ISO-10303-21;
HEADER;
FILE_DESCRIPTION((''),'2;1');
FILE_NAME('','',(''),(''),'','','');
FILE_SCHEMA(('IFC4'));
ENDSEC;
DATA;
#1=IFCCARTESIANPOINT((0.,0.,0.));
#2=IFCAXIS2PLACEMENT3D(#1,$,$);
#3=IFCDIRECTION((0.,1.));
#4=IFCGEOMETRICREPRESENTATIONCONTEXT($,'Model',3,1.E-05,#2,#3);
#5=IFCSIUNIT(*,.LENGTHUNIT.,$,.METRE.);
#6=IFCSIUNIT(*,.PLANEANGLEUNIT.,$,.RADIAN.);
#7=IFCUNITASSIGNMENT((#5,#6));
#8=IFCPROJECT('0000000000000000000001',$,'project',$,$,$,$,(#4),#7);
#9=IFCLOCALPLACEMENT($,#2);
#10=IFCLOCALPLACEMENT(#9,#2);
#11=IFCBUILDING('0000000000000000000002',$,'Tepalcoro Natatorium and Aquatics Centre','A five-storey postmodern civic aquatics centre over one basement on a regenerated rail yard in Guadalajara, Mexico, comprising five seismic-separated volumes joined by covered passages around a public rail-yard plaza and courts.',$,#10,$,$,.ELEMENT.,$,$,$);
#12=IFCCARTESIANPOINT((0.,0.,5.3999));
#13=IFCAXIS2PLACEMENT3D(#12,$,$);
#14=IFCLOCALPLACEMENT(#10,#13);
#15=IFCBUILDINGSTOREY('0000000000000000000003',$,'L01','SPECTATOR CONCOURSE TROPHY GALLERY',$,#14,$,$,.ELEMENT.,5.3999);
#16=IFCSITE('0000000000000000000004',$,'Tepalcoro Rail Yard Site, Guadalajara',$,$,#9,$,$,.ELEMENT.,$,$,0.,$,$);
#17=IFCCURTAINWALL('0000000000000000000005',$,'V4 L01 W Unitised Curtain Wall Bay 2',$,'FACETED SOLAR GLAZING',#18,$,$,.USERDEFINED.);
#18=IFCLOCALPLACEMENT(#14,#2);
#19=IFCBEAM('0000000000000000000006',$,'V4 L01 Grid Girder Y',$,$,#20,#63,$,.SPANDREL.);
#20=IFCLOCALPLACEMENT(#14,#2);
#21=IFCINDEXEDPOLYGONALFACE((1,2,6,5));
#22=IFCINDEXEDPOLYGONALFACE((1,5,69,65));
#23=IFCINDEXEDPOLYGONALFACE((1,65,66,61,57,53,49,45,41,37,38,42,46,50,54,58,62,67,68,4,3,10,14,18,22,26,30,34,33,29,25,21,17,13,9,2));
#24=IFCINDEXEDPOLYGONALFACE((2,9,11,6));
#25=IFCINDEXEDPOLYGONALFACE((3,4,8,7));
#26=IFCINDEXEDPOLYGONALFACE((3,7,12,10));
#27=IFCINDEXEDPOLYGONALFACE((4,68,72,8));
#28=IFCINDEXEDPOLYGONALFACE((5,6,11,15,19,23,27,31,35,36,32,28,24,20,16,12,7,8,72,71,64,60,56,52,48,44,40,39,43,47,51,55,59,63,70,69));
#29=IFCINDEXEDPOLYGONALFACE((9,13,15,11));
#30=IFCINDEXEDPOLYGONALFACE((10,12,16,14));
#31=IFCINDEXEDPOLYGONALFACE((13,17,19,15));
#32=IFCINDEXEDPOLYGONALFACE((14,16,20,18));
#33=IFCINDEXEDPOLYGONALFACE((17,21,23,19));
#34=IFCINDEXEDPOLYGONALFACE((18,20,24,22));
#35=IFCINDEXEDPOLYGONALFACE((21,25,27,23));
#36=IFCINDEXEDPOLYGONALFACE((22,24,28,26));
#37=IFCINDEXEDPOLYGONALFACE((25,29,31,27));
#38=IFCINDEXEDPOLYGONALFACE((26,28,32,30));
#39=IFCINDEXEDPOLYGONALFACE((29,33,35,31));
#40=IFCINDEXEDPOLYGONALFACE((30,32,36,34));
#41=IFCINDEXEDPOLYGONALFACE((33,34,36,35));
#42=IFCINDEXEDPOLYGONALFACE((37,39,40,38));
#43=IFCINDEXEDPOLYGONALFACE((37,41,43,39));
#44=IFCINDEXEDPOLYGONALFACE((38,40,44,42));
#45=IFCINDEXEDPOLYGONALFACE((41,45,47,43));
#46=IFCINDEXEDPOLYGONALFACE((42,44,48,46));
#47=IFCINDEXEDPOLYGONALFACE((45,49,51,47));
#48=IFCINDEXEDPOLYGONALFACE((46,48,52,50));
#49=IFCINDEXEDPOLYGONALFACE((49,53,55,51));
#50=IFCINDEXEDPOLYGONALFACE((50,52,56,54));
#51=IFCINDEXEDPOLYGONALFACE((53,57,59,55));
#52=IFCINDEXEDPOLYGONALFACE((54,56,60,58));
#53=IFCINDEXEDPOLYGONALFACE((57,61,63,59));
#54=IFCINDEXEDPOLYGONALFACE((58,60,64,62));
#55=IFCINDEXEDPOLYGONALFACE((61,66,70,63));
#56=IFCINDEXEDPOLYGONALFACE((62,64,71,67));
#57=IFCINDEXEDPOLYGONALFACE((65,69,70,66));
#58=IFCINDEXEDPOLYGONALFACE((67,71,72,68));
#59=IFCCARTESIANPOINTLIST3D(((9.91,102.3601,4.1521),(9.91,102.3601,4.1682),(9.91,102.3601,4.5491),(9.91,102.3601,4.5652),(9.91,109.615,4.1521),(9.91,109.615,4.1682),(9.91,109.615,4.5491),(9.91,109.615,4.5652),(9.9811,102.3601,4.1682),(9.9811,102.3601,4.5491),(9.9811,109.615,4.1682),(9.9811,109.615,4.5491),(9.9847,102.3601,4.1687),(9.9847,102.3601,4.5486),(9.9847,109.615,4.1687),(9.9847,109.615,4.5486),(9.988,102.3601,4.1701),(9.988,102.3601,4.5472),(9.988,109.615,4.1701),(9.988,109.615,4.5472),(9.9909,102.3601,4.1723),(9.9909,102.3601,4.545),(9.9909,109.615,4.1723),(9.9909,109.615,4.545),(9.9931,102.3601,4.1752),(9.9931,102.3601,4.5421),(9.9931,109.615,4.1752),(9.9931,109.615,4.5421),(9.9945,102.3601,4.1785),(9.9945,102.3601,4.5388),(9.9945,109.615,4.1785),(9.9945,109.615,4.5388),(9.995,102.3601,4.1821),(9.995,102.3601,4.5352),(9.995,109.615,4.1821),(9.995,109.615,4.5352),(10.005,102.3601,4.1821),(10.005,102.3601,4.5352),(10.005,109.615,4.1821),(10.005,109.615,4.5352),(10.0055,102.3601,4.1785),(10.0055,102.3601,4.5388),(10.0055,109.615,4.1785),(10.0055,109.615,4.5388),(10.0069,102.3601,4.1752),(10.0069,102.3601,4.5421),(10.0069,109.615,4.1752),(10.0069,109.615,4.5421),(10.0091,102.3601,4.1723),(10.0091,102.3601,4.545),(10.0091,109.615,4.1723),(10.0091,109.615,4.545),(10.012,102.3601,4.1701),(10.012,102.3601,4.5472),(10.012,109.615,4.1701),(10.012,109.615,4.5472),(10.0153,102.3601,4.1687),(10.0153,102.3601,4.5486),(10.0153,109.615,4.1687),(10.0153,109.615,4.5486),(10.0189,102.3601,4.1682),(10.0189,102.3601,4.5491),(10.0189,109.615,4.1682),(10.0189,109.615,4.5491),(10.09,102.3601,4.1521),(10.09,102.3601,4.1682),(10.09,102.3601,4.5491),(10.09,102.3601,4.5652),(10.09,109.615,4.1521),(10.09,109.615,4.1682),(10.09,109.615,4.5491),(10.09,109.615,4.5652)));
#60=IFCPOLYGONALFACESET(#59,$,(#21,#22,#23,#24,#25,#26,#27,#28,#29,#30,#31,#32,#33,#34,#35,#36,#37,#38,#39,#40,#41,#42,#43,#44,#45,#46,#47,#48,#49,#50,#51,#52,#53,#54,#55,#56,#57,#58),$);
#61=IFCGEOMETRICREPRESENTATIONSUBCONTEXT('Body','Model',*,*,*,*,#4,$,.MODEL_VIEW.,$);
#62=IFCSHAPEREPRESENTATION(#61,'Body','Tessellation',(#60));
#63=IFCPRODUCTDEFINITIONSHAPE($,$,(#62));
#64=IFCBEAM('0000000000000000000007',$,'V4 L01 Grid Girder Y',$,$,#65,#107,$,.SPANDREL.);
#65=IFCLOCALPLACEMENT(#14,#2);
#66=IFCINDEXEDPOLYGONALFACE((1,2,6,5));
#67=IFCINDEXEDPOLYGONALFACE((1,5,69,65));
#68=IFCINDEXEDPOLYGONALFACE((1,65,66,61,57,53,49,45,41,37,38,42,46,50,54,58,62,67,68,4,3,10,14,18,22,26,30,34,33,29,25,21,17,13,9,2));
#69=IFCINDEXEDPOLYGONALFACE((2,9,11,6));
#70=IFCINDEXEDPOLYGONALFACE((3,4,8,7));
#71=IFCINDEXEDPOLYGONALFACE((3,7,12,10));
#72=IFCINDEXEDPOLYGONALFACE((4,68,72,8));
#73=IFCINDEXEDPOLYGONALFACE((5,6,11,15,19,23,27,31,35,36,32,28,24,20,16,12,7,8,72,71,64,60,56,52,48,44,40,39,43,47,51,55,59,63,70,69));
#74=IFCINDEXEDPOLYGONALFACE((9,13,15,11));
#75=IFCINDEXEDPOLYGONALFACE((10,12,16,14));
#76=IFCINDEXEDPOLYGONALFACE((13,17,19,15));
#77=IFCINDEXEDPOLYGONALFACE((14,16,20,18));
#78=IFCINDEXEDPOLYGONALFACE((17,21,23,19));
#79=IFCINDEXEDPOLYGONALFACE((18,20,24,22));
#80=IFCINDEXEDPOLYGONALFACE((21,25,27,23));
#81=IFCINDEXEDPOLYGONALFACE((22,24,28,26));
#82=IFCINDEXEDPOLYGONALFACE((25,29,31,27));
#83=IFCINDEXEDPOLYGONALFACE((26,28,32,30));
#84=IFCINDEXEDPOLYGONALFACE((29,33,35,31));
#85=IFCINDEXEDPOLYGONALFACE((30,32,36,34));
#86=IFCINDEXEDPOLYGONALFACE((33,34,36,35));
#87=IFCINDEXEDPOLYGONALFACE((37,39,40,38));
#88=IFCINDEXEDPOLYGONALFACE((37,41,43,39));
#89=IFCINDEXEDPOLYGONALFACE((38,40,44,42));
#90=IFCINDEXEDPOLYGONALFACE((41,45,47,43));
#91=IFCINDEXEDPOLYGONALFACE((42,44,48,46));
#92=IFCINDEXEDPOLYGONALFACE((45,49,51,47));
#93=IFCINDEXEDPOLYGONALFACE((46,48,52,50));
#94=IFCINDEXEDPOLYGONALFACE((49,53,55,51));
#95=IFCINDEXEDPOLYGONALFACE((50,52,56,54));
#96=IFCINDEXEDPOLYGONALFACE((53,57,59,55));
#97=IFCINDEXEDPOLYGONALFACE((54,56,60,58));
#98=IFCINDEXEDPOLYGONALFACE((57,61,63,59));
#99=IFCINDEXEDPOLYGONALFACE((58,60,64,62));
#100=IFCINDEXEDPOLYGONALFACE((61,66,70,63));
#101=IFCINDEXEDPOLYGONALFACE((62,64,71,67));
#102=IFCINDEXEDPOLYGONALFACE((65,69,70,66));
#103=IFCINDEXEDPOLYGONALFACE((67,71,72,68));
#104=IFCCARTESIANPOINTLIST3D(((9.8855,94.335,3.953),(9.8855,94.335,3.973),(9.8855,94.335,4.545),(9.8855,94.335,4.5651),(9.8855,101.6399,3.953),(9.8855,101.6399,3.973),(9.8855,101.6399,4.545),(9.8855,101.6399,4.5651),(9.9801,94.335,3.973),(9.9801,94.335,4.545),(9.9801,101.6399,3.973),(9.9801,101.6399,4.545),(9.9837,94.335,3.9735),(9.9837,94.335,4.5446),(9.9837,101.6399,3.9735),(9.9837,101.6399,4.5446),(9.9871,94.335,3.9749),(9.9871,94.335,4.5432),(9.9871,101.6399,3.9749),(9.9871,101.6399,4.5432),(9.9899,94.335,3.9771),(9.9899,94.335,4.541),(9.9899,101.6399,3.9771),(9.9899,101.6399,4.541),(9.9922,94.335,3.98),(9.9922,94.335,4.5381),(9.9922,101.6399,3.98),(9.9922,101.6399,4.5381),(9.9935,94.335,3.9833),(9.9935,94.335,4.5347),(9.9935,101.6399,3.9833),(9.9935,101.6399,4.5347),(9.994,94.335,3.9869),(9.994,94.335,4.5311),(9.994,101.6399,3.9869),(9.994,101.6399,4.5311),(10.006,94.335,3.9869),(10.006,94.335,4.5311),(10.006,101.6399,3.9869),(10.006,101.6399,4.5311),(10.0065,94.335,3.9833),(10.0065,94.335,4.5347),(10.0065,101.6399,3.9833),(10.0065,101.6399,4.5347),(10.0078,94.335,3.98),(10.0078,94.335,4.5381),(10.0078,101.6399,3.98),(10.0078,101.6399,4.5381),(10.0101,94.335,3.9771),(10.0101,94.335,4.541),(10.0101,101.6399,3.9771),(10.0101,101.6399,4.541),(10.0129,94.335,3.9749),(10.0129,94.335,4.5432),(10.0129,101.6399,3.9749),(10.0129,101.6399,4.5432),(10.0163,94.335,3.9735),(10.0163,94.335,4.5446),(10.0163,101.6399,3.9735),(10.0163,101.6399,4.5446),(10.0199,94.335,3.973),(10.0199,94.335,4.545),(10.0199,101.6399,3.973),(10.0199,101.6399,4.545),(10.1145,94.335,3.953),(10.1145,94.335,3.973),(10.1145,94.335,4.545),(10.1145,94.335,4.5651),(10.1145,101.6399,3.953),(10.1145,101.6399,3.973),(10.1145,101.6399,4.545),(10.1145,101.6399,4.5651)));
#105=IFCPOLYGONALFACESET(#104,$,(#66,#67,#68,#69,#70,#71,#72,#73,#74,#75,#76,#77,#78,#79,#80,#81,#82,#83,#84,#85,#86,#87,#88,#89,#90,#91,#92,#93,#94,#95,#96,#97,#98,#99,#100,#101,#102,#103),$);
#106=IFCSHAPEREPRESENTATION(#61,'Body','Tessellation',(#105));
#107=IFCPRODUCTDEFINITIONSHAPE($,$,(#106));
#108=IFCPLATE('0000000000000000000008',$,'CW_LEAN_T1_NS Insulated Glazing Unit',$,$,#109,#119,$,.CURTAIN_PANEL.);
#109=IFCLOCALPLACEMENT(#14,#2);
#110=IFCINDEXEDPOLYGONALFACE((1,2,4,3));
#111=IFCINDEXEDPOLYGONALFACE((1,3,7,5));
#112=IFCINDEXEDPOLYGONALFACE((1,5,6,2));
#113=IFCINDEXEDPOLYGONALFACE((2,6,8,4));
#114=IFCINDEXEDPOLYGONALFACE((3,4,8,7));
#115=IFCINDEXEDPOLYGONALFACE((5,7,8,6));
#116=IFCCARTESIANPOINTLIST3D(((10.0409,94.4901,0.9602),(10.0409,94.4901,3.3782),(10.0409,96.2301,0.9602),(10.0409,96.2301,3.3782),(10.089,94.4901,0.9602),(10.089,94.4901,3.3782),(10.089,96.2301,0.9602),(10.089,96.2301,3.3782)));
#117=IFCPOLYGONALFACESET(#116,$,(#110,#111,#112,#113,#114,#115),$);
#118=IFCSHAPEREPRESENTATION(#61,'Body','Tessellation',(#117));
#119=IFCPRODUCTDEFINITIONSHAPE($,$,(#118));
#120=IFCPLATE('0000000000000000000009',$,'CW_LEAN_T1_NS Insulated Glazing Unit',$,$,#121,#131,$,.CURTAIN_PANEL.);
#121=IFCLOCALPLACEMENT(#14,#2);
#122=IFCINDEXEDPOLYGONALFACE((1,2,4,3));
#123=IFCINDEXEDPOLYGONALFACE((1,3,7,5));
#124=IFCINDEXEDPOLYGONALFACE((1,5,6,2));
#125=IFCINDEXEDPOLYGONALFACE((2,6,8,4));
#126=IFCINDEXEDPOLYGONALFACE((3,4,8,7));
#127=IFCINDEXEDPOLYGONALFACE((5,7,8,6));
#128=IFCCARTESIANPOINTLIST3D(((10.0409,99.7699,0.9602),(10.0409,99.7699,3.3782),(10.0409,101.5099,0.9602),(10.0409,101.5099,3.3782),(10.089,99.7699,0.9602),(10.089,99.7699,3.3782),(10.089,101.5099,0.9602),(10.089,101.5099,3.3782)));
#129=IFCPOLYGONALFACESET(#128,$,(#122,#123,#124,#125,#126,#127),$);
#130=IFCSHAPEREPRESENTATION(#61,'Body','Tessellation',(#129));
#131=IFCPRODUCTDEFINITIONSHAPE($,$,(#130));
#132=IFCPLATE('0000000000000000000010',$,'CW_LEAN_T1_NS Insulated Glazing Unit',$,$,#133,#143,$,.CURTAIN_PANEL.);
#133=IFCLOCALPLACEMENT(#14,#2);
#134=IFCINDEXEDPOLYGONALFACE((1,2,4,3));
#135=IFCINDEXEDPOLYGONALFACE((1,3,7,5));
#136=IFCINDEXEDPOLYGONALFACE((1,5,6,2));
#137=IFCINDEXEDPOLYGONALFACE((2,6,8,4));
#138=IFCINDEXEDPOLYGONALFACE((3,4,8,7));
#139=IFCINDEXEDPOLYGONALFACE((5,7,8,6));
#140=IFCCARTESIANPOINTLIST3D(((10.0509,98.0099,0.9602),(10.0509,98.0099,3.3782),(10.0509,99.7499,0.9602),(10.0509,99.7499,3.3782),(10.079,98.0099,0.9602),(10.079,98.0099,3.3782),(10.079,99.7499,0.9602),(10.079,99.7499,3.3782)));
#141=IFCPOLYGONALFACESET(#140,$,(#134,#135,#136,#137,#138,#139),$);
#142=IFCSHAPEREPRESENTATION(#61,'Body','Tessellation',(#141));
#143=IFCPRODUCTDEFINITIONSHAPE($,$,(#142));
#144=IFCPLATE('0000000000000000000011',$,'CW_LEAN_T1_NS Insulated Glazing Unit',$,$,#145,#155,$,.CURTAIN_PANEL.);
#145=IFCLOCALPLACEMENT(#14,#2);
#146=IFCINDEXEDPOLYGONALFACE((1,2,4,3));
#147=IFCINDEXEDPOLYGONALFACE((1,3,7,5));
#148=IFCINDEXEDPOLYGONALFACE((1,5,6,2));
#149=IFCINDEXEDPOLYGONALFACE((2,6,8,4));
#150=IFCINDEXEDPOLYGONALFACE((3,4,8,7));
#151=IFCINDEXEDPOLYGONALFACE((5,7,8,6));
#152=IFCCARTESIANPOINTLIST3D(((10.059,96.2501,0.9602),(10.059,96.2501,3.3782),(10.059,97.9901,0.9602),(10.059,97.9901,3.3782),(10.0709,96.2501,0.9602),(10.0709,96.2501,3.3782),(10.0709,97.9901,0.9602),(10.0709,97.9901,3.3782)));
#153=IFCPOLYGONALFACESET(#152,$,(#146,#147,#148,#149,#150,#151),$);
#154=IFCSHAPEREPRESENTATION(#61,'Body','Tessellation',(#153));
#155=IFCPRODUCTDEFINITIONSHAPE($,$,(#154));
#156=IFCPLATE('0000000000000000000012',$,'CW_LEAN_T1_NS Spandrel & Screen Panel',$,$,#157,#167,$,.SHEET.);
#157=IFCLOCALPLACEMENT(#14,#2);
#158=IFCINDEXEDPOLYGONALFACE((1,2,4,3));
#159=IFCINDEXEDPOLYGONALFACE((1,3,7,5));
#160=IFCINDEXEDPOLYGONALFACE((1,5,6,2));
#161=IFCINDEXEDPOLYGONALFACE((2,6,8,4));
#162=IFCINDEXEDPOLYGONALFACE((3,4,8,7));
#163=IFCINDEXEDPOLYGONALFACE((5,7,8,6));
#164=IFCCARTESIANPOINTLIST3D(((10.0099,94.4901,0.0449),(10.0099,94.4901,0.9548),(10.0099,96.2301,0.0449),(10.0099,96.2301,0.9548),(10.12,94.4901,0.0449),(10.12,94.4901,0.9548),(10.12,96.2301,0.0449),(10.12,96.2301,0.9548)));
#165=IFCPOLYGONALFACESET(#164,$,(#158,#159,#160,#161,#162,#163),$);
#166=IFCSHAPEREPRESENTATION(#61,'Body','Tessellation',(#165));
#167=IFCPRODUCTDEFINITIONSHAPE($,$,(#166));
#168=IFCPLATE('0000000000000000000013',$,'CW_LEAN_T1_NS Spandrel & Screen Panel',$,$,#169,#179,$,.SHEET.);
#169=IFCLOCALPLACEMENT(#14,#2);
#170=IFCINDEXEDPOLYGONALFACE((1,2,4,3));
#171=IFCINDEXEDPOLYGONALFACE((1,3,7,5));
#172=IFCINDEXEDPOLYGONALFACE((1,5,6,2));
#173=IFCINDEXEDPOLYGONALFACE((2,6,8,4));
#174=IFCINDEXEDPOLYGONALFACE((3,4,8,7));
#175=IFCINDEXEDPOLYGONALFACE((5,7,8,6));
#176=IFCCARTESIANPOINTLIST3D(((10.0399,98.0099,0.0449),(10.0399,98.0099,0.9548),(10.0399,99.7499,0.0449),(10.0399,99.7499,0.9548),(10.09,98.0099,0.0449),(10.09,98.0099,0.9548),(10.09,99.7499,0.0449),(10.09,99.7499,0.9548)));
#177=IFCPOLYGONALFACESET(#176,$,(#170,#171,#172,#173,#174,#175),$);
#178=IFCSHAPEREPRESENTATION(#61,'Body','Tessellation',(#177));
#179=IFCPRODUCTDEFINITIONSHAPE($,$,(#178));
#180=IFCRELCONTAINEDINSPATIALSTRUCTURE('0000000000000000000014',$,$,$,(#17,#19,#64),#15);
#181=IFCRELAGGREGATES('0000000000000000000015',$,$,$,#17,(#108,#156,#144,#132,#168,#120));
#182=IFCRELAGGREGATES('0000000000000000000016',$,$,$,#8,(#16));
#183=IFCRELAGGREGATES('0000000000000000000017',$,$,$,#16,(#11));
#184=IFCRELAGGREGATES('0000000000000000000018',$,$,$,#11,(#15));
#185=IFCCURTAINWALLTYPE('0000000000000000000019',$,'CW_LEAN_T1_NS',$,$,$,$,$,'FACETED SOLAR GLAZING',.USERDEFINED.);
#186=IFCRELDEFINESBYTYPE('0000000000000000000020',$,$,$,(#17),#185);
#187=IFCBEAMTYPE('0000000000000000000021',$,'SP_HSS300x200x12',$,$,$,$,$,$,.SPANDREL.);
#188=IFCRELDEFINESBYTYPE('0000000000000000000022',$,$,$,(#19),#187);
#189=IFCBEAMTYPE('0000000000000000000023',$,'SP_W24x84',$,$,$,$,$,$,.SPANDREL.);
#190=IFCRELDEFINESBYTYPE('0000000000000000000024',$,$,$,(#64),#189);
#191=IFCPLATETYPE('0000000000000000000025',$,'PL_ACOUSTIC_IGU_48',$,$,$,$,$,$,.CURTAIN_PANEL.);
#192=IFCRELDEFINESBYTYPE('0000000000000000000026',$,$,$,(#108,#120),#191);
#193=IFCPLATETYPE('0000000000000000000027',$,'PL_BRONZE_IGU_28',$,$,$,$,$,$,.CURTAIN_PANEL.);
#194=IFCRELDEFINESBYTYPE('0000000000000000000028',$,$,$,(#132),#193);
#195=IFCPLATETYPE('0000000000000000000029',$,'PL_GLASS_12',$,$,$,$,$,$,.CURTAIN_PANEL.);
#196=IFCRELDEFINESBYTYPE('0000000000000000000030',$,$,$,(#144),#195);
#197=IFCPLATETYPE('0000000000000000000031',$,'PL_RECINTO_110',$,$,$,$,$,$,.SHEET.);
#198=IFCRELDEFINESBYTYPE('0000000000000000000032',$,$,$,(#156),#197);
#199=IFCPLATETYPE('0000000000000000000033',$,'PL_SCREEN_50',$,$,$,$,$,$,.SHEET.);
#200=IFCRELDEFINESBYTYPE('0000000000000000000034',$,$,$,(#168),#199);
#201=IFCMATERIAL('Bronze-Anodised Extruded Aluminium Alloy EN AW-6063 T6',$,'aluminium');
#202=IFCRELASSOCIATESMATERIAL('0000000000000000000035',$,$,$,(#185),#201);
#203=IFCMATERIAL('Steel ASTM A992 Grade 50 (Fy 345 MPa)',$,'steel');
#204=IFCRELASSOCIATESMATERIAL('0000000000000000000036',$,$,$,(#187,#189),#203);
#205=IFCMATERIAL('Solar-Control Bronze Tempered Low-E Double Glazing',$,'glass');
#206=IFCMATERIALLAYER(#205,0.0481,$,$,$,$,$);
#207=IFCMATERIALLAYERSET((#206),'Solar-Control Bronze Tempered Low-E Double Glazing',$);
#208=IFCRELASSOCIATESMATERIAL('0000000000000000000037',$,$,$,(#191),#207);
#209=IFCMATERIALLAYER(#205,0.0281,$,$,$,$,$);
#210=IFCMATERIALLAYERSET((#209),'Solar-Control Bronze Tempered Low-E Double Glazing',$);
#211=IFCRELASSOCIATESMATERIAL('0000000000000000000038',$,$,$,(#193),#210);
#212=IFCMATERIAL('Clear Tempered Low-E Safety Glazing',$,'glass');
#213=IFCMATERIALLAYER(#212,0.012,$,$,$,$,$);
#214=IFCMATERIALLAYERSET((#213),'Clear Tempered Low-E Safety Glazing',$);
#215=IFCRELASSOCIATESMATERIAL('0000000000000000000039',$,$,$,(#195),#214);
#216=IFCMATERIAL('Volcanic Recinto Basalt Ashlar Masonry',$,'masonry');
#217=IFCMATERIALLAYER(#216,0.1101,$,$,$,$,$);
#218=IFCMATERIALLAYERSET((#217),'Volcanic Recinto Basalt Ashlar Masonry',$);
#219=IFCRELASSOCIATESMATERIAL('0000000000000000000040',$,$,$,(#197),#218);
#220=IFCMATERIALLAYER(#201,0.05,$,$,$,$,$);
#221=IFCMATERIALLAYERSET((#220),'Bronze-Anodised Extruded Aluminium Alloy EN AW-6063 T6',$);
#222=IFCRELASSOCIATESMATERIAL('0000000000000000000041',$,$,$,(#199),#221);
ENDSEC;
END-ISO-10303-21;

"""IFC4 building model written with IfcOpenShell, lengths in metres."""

from ifc_helpers import new_model, si_unit, direction, frame, origin, origin_2d, place, context, subcontext, project, spatial, rectangle, i_section, extrude, material, layer, layer_set, material_profile, profile_set, type_object, element, aggregate, save


model = new_model("IFC4")

# Units and contexts
model_context = context("Model", 3, precision=1e-05, world=origin(), true_north=direction((0.0, 1.0)))
body_context = subcontext(model_context, "Body", "Model", "MODEL_VIEW")
ifc_project = project(units=[si_unit("LENGTHUNIT", "METRE"), si_unit("PLANEANGLEUNIT", "RADIAN")], contexts=[model_context])

# Site, building, storey
site_placement = place(None, origin())
site = spatial("IfcSite", under=ifc_project, at=site_placement, Name="Tepalcoro Rail Yard Site, Guadalajara", CompositionType="ELEMENT", RefElevation=0.0)
building_placement = place(site_placement, origin())
building = spatial("IfcBuilding", under=site, at=building_placement, Name="Tepalcoro Natatorium and Aquatics Centre", Description="A five-storey postmodern civic aquatics centre over one basement on a regenerated rail yard in Guadalajara, Mexico, comprising five seismic-separated volumes joined by covered passages around a public rail-yard plaza and courts.", CompositionType="ELEMENT")
storey_placement = place(building_placement, frame((0.0, 0.0, 5.3999)))
storey = spatial("IfcBuildingStorey", under=building, at=storey_placement, Name="L01", Description="SPECTATOR CONCOURSE TROPHY GALLERY", CompositionType="ELEMENT", Elevation=5.3999)

# Curtain wall
ifc_material_1 = material(Name="Bronze-Anodised Extruded Aluminium Alloy EN AW-6063 T6", Category="aluminium")
curtain_wall_type = type_object("IfcCurtainWallType", Name="CW_LEAN_T1_NS", ElementType="FACETED SOLAR GLAZING", PredefinedType="USERDEFINED", material=ifc_material_1)
curtain_wall_placement = place(storey_placement, origin())
curtain_wall = element("IfcCurtainWall", 1, at=curtain_wall_placement, inside=storey, type_object=curtain_wall_type, Name="V4 L01 W Unitised Curtain Wall Bay 2", ObjectType="FACETED SOLAR GLAZING", PredefinedType="USERDEFINED")

# Beams
ifc_material_2 = material(Name="Steel ASTM A992 Grade 50 (Fy 345 MPa)", Category="steel")
ifc_material_profile_1 = material_profile(ifc_material_2, i_section(OverallWidth=0.1799, OverallDepth=0.4131, WebThickness=0.01, FlangeThickness=0.0161, FilletRadius=0.0139, at=origin_2d()), Name="W16X50")
ifc_profile_set_1 = profile_set([ifc_material_profile_1], Name="Steel ASTM A992 Grade 50 (Fy 345 MPa)")
beam_type_1 = type_object("IfcBeamType", Name="SP_HSS300x200x12", PredefinedType="SPANDREL", material=ifc_profile_set_1)
beam_1_placement = place(storey_placement, frame((10.0, 102.3601, 4.3586), z_axis=(0.0, 1.0, 0.0), x_axis=(-1.0, 0.0, 0.0)))
element("IfcBeam", 2, at=beam_1_placement, inside=storey, type_object=beam_type_1, Name="V4 L01 Grid Girder Y", PredefinedType="SPANDREL", context=body_context, shape_type="SweptSolid", body=[
    extrude(i_section(OverallWidth=0.1799, OverallDepth=0.4131, WebThickness=0.01, FlangeThickness=0.0161, FilletRadius=0.0139, at=origin_2d()), origin(), (0.0, 0.0, 1.0), 7.2549),
])
ifc_material_profile_2 = material_profile(ifc_material_2, i_section(OverallWidth=0.229, OverallDepth=0.6121, WebThickness=0.012, FlangeThickness=0.02, FilletRadius=0.0139, at=origin_2d()), Name="W24X84")
ifc_profile_set_2 = profile_set([ifc_material_profile_2], Name="Steel ASTM A992 Grade 50 (Fy 345 MPa)")
beam_type_2 = type_object("IfcBeamType", Name="SP_W24x84", PredefinedType="SPANDREL", material=ifc_profile_set_2)
beam_2_placement = place(storey_placement, frame((10.0, 94.335, 4.259), z_axis=(0.0, 1.0, 0.0), x_axis=(-1.0, 0.0, 0.0)))
element("IfcBeam", 3, at=beam_2_placement, inside=storey, type_object=beam_type_2, Name="V4 L01 Grid Girder Y", PredefinedType="SPANDREL", context=body_context, shape_type="SweptSolid", body=[
    extrude(i_section(OverallWidth=0.229, OverallDepth=0.6121, WebThickness=0.012, FlangeThickness=0.02, FilletRadius=0.0139, at=origin_2d()), origin(), (0.0, 0.0, 1.0), 7.3049),
])

# Plates
ifc_material_3 = material(Name="Solar-Control Bronze Tempered Low-E Double Glazing", Category="glass")
ifc_layer_1 = layer(ifc_material_3, 0.0481)
ifc_layer_set_1 = layer_set([ifc_layer_1], Name="Solar-Control Bronze Tempered Low-E Double Glazing")
plate_type_1 = type_object("IfcPlateType", Name="PL_ACOUSTIC_IGU_48", PredefinedType="CURTAIN_PANEL", material=ifc_layer_set_1)
plate_1_placement = place(storey_placement, frame((10.0649, 95.3601, 0.9602), z_axis=(0.0, 0.0, 1.0), x_axis=(1.0, 0.0, 0.0)))
plate_1 = element("IfcPlate", 4, at=plate_1_placement, type_object=plate_type_1, Name="CW_LEAN_T1_NS Insulated Glazing Unit", PredefinedType="CURTAIN_PANEL", context=body_context, shape_type="SweptSolid", body=[
    extrude(rectangle(XDim=0.0481, YDim=1.74, at=origin_2d()), origin(), (0.0, 0.0, 1.0), 2.418),
])
plate_2_placement = place(storey_placement, frame((10.0649, 100.6399, 0.9602), z_axis=(0.0, 0.0, 1.0), x_axis=(1.0, 0.0, 0.0)))
plate_2 = element("IfcPlate", 5, at=plate_2_placement, type_object=plate_type_1, Name="CW_LEAN_T1_NS Insulated Glazing Unit", PredefinedType="CURTAIN_PANEL", context=body_context, shape_type="SweptSolid", body=[
    extrude(rectangle(XDim=0.0481, YDim=1.74, at=origin_2d()), origin(), (0.0, 0.0, 1.0), 2.418),
])
ifc_layer_2 = layer(ifc_material_3, 0.0281)
ifc_layer_set_2 = layer_set([ifc_layer_2], Name="Solar-Control Bronze Tempered Low-E Double Glazing")
plate_type_2 = type_object("IfcPlateType", Name="PL_BRONZE_IGU_28", PredefinedType="CURTAIN_PANEL", material=ifc_layer_set_2)
plate_3_placement = place(storey_placement, frame((10.0649, 98.8799, 0.9602), z_axis=(0.0, 0.0, 1.0), x_axis=(1.0, 0.0, 0.0)))
plate_3 = element("IfcPlate", 6, at=plate_3_placement, type_object=plate_type_2, Name="CW_LEAN_T1_NS Insulated Glazing Unit", PredefinedType="CURTAIN_PANEL", context=body_context, shape_type="SweptSolid", body=[
    extrude(rectangle(XDim=0.0281, YDim=1.74, at=origin_2d()), origin(), (0.0, 0.0, 1.0), 2.418),
])
ifc_material_4 = material(Name="Clear Tempered Low-E Safety Glazing", Category="glass")
ifc_layer_3 = layer(ifc_material_4, 0.012)
ifc_layer_set_3 = layer_set([ifc_layer_3], Name="Clear Tempered Low-E Safety Glazing")
plate_type_3 = type_object("IfcPlateType", Name="PL_GLASS_12", PredefinedType="CURTAIN_PANEL", material=ifc_layer_set_3)
plate_4_placement = place(storey_placement, frame((10.0649, 97.1201, 0.9602), z_axis=(0.0, 0.0, 1.0), x_axis=(1.0, 0.0, 0.0)))
plate_4 = element("IfcPlate", 7, at=plate_4_placement, type_object=plate_type_3, Name="CW_LEAN_T1_NS Insulated Glazing Unit", PredefinedType="CURTAIN_PANEL", context=body_context, shape_type="SweptSolid", body=[
    extrude(rectangle(XDim=0.012, YDim=1.74, at=origin_2d()), origin(), (0.0, 0.0, 1.0), 2.418),
])
ifc_material_5 = material(Name="Volcanic Recinto Basalt Ashlar Masonry", Category="masonry")
ifc_layer_4 = layer(ifc_material_5, 0.1101)
ifc_layer_set_4 = layer_set([ifc_layer_4], Name="Volcanic Recinto Basalt Ashlar Masonry")
plate_type_4 = type_object("IfcPlateType", Name="PL_RECINTO_110", PredefinedType="SHEET", material=ifc_layer_set_4)
plate_5_placement = place(storey_placement, frame((10.0649, 95.3601, 0.0449), z_axis=(0.0, 0.0, 1.0), x_axis=(1.0, 0.0, 0.0)))
plate_5 = element("IfcPlate", 8, at=plate_5_placement, type_object=plate_type_4, Name="CW_LEAN_T1_NS Spandrel & Screen Panel", PredefinedType="SHEET", context=body_context, shape_type="SweptSolid", body=[
    extrude(rectangle(XDim=0.1101, YDim=1.74, at=origin_2d()), origin(), (0.0, 0.0, 1.0), 0.9099),
])
ifc_layer_5 = layer(ifc_material_1, 0.05)
ifc_layer_set_5 = layer_set([ifc_layer_5], Name="Bronze-Anodised Extruded Aluminium Alloy EN AW-6063 T6")
plate_type_5 = type_object("IfcPlateType", Name="PL_SCREEN_50", PredefinedType="SHEET", material=ifc_layer_set_5)
plate_6_placement = place(storey_placement, frame((10.0649, 98.8799, 0.0449), z_axis=(0.0, 0.0, 1.0), x_axis=(1.0, 0.0, 0.0)))
plate_6 = element("IfcPlate", 9, at=plate_6_placement, type_object=plate_type_5, Name="CW_LEAN_T1_NS Spandrel & Screen Panel", PredefinedType="SHEET", context=body_context, shape_type="SweptSolid", body=[
    extrude(rectangle(XDim=0.05, YDim=1.74, at=origin_2d()), origin(), (0.0, 0.0, 1.0), 0.9099),
])
aggregate(curtain_wall, [plate_1, plate_5, plate_4, plate_3, plate_6, plate_2])

save(model, "model.ifc")
